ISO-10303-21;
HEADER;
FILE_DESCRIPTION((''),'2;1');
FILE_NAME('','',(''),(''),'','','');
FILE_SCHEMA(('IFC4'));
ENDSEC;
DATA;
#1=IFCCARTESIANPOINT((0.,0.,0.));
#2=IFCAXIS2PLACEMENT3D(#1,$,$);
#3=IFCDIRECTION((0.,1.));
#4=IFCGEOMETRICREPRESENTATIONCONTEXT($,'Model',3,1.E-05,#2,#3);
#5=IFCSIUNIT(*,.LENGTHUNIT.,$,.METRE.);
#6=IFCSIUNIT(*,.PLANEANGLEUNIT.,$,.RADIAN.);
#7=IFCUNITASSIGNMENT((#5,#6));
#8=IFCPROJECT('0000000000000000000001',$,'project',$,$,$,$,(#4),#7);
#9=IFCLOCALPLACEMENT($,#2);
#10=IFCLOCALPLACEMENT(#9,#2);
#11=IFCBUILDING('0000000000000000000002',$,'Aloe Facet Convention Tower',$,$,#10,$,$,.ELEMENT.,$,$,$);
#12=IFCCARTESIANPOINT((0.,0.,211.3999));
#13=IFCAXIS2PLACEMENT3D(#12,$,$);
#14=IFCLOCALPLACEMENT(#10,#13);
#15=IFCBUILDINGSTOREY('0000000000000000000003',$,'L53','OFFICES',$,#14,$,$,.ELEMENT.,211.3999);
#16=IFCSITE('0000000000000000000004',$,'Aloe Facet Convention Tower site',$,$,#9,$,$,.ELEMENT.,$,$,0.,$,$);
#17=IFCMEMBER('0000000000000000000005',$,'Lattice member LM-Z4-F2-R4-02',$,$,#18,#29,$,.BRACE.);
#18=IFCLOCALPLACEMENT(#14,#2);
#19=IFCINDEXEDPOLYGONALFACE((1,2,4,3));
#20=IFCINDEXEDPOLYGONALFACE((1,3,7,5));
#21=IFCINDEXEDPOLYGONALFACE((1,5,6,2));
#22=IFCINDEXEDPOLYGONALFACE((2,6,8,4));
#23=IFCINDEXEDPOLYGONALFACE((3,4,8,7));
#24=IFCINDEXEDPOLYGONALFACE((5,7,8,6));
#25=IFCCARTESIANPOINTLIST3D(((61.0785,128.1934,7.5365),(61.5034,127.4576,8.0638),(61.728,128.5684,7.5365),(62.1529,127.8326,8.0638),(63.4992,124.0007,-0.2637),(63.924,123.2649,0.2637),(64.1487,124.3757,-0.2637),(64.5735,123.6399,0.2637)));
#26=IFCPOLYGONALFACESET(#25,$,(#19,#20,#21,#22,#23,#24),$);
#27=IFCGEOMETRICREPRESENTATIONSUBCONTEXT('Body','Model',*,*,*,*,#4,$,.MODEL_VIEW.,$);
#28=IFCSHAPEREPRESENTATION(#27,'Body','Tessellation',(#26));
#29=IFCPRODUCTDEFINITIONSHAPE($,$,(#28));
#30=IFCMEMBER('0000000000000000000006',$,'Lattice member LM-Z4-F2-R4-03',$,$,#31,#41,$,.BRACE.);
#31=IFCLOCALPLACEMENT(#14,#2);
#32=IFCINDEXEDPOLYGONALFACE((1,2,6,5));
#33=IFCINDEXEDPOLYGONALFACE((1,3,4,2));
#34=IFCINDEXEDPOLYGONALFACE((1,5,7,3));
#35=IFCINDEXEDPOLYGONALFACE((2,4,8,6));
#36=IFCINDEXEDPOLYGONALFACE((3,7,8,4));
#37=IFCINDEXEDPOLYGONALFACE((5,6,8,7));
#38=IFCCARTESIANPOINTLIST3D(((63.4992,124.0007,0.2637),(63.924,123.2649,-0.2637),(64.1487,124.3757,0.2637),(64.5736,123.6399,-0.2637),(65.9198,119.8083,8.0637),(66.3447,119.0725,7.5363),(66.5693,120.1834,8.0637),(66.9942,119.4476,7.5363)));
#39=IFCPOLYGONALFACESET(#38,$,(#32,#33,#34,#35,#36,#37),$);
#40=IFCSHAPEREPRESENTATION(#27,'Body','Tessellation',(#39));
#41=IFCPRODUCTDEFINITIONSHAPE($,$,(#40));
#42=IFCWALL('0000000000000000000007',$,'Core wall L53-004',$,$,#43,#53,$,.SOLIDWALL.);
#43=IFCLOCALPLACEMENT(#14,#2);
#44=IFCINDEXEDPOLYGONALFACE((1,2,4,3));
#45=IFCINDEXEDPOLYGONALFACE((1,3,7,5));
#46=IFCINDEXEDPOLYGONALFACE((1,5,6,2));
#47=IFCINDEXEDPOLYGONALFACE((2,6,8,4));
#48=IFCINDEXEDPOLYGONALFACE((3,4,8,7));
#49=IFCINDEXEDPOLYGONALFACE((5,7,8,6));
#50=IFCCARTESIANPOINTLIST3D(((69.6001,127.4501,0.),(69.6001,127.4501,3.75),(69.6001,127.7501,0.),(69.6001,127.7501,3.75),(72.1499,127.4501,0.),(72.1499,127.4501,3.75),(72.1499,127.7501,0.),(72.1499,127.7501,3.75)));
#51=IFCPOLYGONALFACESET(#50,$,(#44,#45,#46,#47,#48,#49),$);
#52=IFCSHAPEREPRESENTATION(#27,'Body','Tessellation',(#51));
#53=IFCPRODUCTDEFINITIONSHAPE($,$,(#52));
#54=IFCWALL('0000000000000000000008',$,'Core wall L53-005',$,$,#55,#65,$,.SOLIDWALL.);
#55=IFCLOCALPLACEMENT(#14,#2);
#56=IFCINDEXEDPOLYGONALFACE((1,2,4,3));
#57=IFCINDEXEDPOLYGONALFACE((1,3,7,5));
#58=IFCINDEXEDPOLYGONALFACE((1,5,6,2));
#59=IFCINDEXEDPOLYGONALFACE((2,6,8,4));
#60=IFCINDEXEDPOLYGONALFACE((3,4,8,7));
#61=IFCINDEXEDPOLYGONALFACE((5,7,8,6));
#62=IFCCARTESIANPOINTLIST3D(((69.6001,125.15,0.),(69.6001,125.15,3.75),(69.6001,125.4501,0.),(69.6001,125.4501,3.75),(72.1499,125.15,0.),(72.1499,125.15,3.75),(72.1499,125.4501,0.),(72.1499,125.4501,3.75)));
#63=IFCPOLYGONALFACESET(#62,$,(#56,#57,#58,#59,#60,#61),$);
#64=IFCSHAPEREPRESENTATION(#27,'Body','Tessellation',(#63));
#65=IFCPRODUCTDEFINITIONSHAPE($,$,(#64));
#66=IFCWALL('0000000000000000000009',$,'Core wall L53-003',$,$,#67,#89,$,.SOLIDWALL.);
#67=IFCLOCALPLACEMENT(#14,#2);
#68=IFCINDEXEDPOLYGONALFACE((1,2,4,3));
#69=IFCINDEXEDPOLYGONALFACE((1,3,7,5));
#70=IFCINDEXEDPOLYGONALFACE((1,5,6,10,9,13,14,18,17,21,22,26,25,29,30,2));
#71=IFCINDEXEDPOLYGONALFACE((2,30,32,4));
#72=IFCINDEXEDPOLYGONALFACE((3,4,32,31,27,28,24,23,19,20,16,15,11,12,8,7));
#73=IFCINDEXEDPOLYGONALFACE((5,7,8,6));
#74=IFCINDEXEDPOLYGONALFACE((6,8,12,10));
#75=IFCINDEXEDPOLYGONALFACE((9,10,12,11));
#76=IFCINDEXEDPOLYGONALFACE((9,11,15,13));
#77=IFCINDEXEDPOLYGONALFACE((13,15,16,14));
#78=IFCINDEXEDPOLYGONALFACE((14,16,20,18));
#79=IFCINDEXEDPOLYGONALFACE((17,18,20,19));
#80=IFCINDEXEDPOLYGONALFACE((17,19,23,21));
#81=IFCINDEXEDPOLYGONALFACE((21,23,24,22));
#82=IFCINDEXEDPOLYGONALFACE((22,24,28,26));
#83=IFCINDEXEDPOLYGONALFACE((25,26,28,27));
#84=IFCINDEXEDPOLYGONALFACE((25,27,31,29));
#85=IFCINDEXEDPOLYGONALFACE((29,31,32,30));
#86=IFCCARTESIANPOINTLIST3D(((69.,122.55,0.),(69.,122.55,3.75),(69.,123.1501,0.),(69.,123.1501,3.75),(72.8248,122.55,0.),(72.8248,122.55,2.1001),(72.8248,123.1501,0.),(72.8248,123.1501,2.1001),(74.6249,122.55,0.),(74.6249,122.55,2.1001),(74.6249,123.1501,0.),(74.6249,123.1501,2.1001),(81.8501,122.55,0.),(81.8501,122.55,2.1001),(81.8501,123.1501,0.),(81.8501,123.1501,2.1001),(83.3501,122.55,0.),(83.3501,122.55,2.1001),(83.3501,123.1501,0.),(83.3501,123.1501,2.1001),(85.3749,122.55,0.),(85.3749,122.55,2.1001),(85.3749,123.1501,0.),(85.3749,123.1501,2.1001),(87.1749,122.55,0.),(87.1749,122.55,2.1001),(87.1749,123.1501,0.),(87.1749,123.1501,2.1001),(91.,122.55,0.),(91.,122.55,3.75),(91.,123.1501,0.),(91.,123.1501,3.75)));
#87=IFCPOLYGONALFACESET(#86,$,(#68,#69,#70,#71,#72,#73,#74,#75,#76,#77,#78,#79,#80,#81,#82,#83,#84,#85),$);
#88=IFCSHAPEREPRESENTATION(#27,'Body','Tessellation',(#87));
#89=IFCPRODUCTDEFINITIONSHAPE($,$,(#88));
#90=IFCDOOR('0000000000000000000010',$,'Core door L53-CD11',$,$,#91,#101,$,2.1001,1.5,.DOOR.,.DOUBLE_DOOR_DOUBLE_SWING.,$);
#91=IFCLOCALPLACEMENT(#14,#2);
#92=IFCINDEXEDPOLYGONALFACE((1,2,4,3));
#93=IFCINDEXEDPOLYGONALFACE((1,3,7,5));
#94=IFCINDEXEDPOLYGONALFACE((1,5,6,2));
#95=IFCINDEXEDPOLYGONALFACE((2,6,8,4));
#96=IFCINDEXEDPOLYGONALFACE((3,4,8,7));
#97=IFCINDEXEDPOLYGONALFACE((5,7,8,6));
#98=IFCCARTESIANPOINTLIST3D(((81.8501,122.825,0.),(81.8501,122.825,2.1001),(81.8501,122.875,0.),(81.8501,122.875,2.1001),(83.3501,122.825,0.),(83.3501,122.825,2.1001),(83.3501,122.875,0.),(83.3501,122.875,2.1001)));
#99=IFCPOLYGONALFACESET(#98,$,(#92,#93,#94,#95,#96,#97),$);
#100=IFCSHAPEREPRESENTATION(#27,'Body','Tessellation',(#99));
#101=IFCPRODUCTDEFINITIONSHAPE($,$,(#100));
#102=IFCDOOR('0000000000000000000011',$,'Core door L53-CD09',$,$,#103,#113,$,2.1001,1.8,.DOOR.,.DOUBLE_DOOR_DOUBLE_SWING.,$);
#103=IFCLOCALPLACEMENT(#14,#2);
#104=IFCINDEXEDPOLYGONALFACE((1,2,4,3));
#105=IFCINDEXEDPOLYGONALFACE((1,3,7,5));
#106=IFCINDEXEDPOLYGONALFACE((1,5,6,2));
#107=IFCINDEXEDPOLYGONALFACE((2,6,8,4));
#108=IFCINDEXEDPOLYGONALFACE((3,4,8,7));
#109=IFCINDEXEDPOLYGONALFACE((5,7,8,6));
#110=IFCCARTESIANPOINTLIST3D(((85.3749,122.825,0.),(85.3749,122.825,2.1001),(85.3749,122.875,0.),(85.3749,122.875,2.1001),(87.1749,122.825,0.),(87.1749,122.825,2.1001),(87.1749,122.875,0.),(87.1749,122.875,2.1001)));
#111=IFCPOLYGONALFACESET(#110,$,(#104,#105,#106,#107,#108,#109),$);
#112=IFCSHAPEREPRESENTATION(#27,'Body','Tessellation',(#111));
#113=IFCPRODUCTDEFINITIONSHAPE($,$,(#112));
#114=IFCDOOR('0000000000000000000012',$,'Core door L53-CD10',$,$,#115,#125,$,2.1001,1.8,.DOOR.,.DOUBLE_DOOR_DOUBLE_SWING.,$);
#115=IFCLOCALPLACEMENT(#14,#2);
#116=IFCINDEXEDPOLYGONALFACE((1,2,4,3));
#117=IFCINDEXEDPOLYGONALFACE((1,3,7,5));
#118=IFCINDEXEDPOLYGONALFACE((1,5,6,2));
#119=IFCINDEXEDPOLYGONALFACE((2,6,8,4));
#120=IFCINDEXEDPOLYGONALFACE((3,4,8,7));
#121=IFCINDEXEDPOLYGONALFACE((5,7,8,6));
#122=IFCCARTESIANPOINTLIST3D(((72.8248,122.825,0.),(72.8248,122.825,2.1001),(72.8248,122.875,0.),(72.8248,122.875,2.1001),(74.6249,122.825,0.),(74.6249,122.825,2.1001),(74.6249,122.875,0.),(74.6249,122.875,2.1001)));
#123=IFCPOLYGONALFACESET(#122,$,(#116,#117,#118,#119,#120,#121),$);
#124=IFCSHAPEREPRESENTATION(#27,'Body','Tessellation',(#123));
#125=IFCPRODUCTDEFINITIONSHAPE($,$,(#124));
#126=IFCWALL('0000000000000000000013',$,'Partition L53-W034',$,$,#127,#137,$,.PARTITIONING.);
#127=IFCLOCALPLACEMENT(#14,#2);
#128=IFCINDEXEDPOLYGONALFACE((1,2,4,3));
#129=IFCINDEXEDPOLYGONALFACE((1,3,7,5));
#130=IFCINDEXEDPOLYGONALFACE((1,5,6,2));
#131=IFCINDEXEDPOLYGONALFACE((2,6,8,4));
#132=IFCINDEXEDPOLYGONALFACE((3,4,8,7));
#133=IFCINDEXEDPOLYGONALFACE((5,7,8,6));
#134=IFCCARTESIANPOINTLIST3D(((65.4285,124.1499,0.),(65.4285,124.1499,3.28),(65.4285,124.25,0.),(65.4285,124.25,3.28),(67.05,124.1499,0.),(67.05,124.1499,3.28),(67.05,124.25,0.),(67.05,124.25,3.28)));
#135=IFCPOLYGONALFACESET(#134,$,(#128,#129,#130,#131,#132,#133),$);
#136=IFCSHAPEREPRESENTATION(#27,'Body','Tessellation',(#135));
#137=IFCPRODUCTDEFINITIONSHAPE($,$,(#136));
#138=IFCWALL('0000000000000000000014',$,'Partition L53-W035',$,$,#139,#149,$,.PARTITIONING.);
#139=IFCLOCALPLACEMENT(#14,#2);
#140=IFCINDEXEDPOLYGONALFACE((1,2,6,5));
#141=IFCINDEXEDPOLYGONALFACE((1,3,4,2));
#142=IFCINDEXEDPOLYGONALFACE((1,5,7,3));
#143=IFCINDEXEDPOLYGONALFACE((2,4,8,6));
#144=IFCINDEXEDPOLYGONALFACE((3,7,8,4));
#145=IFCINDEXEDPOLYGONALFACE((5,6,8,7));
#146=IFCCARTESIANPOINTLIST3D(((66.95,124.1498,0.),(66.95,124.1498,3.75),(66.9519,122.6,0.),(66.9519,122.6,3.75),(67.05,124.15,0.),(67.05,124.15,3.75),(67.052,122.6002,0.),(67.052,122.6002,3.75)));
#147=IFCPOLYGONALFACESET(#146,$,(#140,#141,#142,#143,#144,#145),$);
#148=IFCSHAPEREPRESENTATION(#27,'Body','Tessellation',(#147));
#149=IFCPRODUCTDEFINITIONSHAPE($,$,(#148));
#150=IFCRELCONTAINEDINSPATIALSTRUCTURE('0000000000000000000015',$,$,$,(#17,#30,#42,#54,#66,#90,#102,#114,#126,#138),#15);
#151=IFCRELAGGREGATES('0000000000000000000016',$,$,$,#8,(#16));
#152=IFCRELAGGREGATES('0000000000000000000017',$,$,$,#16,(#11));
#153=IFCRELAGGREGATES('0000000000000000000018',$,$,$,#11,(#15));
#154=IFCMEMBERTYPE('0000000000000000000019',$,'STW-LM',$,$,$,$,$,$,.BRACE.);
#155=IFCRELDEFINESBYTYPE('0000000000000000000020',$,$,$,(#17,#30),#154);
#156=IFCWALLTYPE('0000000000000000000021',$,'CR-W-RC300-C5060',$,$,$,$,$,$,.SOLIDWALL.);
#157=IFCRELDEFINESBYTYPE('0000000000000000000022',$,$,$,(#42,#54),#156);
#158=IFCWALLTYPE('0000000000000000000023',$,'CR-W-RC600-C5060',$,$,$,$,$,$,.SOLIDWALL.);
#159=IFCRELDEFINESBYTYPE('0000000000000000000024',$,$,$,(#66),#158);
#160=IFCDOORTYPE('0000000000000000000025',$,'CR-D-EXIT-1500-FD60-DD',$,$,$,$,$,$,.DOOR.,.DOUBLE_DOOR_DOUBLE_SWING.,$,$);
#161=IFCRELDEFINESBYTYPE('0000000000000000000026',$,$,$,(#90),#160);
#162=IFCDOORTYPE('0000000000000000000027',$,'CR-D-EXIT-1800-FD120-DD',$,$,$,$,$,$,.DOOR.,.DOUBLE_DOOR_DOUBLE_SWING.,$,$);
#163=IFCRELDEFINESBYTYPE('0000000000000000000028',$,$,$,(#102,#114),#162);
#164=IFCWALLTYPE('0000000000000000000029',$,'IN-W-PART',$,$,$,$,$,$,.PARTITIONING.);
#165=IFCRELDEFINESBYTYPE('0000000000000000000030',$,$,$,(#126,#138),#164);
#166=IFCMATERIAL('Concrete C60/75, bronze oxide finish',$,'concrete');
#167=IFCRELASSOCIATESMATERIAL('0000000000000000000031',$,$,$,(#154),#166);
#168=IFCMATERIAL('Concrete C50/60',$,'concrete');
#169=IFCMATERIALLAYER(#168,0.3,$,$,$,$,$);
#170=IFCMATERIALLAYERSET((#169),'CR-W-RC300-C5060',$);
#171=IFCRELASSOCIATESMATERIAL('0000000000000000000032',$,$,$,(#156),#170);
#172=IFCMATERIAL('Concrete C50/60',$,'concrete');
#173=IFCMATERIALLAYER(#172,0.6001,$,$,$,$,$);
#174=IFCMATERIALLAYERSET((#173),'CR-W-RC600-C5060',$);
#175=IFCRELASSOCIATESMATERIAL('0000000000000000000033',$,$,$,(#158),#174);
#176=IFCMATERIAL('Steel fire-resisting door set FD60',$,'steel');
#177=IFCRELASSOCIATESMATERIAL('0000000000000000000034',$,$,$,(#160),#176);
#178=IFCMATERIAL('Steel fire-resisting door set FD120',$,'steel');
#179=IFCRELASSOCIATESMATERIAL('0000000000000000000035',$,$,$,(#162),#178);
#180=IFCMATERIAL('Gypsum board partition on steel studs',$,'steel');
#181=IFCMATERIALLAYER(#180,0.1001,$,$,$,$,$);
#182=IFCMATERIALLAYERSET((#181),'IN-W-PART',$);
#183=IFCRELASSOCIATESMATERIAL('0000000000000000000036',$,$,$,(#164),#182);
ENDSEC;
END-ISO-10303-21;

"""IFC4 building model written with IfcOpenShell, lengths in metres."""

from ifc_helpers import new_model, si_unit, direction, frame, frame_2d, origin, origin_2d, place, context, subcontext, project, spatial, rectangle, extrude, material, layer, layer_set, material_profile, profile_set, type_object, element, fill, save


model = new_model("IFC4")

# Units and contexts
model_context = context("Model", 3, precision=1e-05, world=origin(), true_north=direction((0.0, 1.0)))
body_context = subcontext(model_context, "Body", "Model", "MODEL_VIEW")
ifc_project = project(units=[si_unit("LENGTHUNIT", "METRE"), si_unit("PLANEANGLEUNIT", "RADIAN")], contexts=[model_context])

# Site, building, storey
site_placement = place(None, origin())
site = spatial("IfcSite", under=ifc_project, at=site_placement, Name="Aloe Facet Convention Tower site", CompositionType="ELEMENT", RefElevation=0.0)
building_placement = place(site_placement, origin())
building = spatial("IfcBuilding", under=site, at=building_placement, Name="Aloe Facet Convention Tower", CompositionType="ELEMENT")
storey_placement = place(building_placement, frame((0.0, 0.0, 211.3999)))
storey = spatial("IfcBuildingStorey", under=building, at=storey_placement, Name="L53", Description="OFFICES", CompositionType="ELEMENT", Elevation=211.3999)

# Members
ifc_material_1 = material(Name="Concrete C60/75, bronze oxide finish", Category="concrete")
ifc_material_profile_1 = material_profile(ifc_material_1, rectangle(XDim=0.75, YDim=1.0, at=origin_2d()), Name="STW-LM")
ifc_profile_set_1 = profile_set([ifc_material_profile_1], Name="Concrete C60/75, bronze oxide finish")
member_type = type_object("IfcMemberType", Name="STW-LM", PredefinedType="BRACE", material=ifc_profile_set_1)
member_1_placement = place(storey_placement, frame((64.0364, 123.8203, 0.0), z_axis=(-0.263678, 0.456697, 0.849648), x_axis=(-0.866022, -0.500006, 0.0)))
element("IfcMember", 1, at=member_1_placement, inside=storey, type_object=member_type, Name="Lattice member LM-Z4-F2-R4-02", PredefinedType="BRACE", context=body_context, shape_type="SweptSolid", body=[
    extrude(rectangle(XDim=0.75, YDim=1.0, at=origin_2d()), origin(), (0.0, 0.0, 1.0), 9.1804),
])
member_2_placement = place(storey_placement, frame((64.0364, 123.8203, 0.0), z_axis=(0.263682, -0.456676, 0.849658), x_axis=(0.866009, 0.500028, 0.0)))
element("IfcMember", 2, at=member_2_placement, inside=storey, type_object=member_type, Name="Lattice member LM-Z4-F2-R4-03", PredefinedType="BRACE", context=body_context, shape_type="SweptSolid", body=[
    extrude(rectangle(XDim=0.75, YDim=1.0, at=origin_2d()), origin(), (0.0, 0.0, 1.0), 9.1802),
])

# Walls
ifc_material_2 = material(Name="Concrete C50/60", Category="concrete")
ifc_layer_1 = layer(ifc_material_2, 0.3)
ifc_layer_set_1 = layer_set([ifc_layer_1], Name="CR-W-RC300-C5060")
wall_type_1 = type_object("IfcWallType", Name="CR-W-RC300-C5060", PredefinedType="SOLIDWALL", material=ifc_layer_set_1)
for number, where, z_axis, x_axis, name in (
    (3, (69.6001, 127.6001, 0.0), (0.0, 0.0, 1.0), (1.0, 0.0, 0.0), "Core wall L53-004"),
    (4, (69.6001, 125.3, 0.0), (0.0, 0.0, 1.0), (1.0, 0.0, 0.0), "Core wall L53-005"),
):
    element("IfcWall", number, at=place(storey_placement, frame(where, z_axis=z_axis, x_axis=x_axis)), inside=storey, type_object=wall_type_1, Name=name, PredefinedType="SOLIDWALL", context=body_context, shape_type="SweptSolid", body=[
        extrude(rectangle(XDim=2.5498, YDim=0.3, at=frame_2d((1.2749, 0.0))), origin(), (0.0, 0.0, 1.0), 3.75),
    ])

# Wall, openings, doors
ifc_material_3 = material(Name="Concrete C50/60", Category="concrete")
ifc_layer_2 = layer(ifc_material_3, 0.6001)
ifc_layer_set_2 = layer_set([ifc_layer_2], Name="CR-W-RC600-C5060")
wall_type_2 = type_object("IfcWallType", Name="CR-W-RC600-C5060", PredefinedType="SOLIDWALL", material=ifc_layer_set_2)
wall_1_placement = place(storey_placement, frame((69.0, 122.8501, 0.0), z_axis=(0.0, 0.0, 1.0), x_axis=(1.0, 0.0, 0.0)))
wall_1 = element("IfcWall", 5, at=wall_1_placement, inside=storey, type_object=wall_type_2, Name="Core wall L53-003", PredefinedType="SOLIDWALL", context=body_context, shape_type="SweptSolid", body=[
    extrude(rectangle(XDim=22.0, YDim=0.6001, at=frame_2d((11.0, 0.0))), origin(), (0.0, 0.0, 1.0), 3.75),
])
opening_1_placement = place(wall_1_placement, frame((16.375, 0.0, 0.0)))
opening_1 = element("IfcOpeningElement", 6, at=opening_1_placement, cuts=wall_1, PredefinedType="OPENING", context=body_context, shape_type="SweptSolid", body=[
    extrude(rectangle(XDim=1.8, YDim=2.1001, at=frame_2d((0.8999, 1.05))), frame((0.0, 0.3101, 0.0), z_axis=(0.0, -1.0, 0.0), x_axis=(1.0, 0.0, 0.0)), (0.0, 0.0, 1.0), 0.6201),
])
opening_2_placement = place(wall_1_placement, frame((3.825, 0.0, 0.0)))
opening_2 = element("IfcOpeningElement", 7, at=opening_2_placement, cuts=wall_1, PredefinedType="OPENING", context=body_context, shape_type="SweptSolid", body=[
    extrude(rectangle(XDim=1.8, YDim=2.1001, at=frame_2d((0.8999, 1.05))), frame((0.0, 0.3101, 0.0), z_axis=(0.0, -1.0, 0.0), x_axis=(1.0, 0.0, 0.0)), (0.0, 0.0, 1.0), 0.6201),
])
opening_3_placement = place(wall_1_placement, frame((12.8501, 0.0, 0.0)))
opening_3 = element("IfcOpeningElement", 8, at=opening_3_placement, cuts=wall_1, PredefinedType="OPENING", context=body_context, shape_type="SweptSolid", body=[
    extrude(rectangle(XDim=1.5, YDim=2.1001, at=frame_2d((0.75, 1.05))), frame((0.0, 0.3101, 0.0), z_axis=(0.0, -1.0, 0.0), x_axis=(1.0, 0.0, 0.0)), (0.0, 0.0, 1.0), 0.6201),
])
ifc_material_4 = material(Name="Steel fire-resisting door set FD60", Category="steel")
door_type_1 = type_object("IfcDoorType", Name="CR-D-EXIT-1500-FD60-DD", OperationType="DOUBLE_DOOR_DOUBLE_SWING", PredefinedType="DOOR", material=ifc_material_4)
door_1_placement = place(opening_3_placement, origin())
door_1 = element("IfcDoor", 9, at=door_1_placement, inside=storey, type_object=door_type_1, Name="Core door L53-CD11", OperationType="DOUBLE_DOOR_DOUBLE_SWING", OverallHeight=2.1001, OverallWidth=1.5, PredefinedType="DOOR", context=body_context, shape_type="SweptSolid", body=[
    extrude(rectangle(XDim=1.5, YDim=2.1001, at=frame_2d((0.75, 1.05))), frame((0.0, 0.0249, 0.0), z_axis=(0.0, -1.0, 0.0), x_axis=(1.0, 0.0, 0.0)), (0.0, 0.0, 1.0), 0.05),
])
fill(opening_3, door_1)
ifc_material_5 = material(Name="Steel fire-resisting door set FD120", Category="steel")
door_type_2 = type_object("IfcDoorType", Name="CR-D-EXIT-1800-FD120-DD", OperationType="DOUBLE_DOOR_DOUBLE_SWING", PredefinedType="DOOR", material=ifc_material_5)
door_2_placement = place(opening_1_placement, origin())
door_2 = element("IfcDoor", 10, at=door_2_placement, inside=storey, type_object=door_type_2, Name="Core door L53-CD09", OperationType="DOUBLE_DOOR_DOUBLE_SWING", OverallHeight=2.1001, OverallWidth=1.8, PredefinedType="DOOR", context=body_context, shape_type="SweptSolid", body=[
    extrude(rectangle(XDim=1.8, YDim=2.1001, at=frame_2d((0.8999, 1.05))), frame((0.0, 0.0249, 0.0), z_axis=(0.0, -1.0, 0.0), x_axis=(1.0, 0.0, 0.0)), (0.0, 0.0, 1.0), 0.05),
])
fill(opening_1, door_2)
door_3_placement = place(opening_2_placement, origin())
door_3 = element("IfcDoor", 11, at=door_3_placement, inside=storey, type_object=door_type_2, Name="Core door L53-CD10", OperationType="DOUBLE_DOOR_DOUBLE_SWING", OverallHeight=2.1001, OverallWidth=1.8, PredefinedType="DOOR", context=body_context, shape_type="SweptSolid", body=[
    extrude(rectangle(XDim=1.8, YDim=2.1001, at=frame_2d((0.8999, 1.05))), frame((0.0, 0.0249, 0.0), z_axis=(0.0, -1.0, 0.0), x_axis=(1.0, 0.0, 0.0)), (0.0, 0.0, 1.0), 0.05),
])
fill(opening_2, door_3)

# Walls
ifc_material_6 = material(Name="Gypsum board partition on steel studs", Category="steel")
ifc_layer_3 = layer(ifc_material_6, 0.1001)
ifc_layer_set_3 = layer_set([ifc_layer_3], Name="IN-W-PART")
wall_type_3 = type_object("IfcWallType", Name="IN-W-PART", PredefinedType="PARTITIONING", material=ifc_layer_set_3)
wall_2_placement = place(storey_placement, frame((65.4285, 124.2, 0.0), z_axis=(0.0, 0.0, 1.0), x_axis=(1.0, 0.0, 0.0)))
element("IfcWall", 12, at=wall_2_placement, inside=storey, type_object=wall_type_3, Name="Partition L53-W034", PredefinedType="PARTITIONING", context=body_context, shape_type="SweptSolid", body=[
    extrude(rectangle(XDim=1.6216, YDim=0.1001, at=frame_2d((0.8108, 0.0))), origin(), (0.0, 0.0, 1.0), 3.28),
])
wall_3_placement = place(storey_placement, frame((67.002, 122.6001, 0.0), z_axis=(0.0, 0.0, 1.0), x_axis=(-0.00126, 0.999999, 0.0)))
element("IfcWall", 13, at=wall_3_placement, inside=storey, type_object=wall_type_3, Name="Partition L53-W035", PredefinedType="PARTITIONING", context=body_context, shape_type="SweptSolid", body=[
    extrude(rectangle(XDim=1.5498, YDim=0.1001, at=frame_2d((0.7749, 0.0))), origin(), (0.0, 0.0, 1.0), 3.75),
])

save(model, "model.ifc")
